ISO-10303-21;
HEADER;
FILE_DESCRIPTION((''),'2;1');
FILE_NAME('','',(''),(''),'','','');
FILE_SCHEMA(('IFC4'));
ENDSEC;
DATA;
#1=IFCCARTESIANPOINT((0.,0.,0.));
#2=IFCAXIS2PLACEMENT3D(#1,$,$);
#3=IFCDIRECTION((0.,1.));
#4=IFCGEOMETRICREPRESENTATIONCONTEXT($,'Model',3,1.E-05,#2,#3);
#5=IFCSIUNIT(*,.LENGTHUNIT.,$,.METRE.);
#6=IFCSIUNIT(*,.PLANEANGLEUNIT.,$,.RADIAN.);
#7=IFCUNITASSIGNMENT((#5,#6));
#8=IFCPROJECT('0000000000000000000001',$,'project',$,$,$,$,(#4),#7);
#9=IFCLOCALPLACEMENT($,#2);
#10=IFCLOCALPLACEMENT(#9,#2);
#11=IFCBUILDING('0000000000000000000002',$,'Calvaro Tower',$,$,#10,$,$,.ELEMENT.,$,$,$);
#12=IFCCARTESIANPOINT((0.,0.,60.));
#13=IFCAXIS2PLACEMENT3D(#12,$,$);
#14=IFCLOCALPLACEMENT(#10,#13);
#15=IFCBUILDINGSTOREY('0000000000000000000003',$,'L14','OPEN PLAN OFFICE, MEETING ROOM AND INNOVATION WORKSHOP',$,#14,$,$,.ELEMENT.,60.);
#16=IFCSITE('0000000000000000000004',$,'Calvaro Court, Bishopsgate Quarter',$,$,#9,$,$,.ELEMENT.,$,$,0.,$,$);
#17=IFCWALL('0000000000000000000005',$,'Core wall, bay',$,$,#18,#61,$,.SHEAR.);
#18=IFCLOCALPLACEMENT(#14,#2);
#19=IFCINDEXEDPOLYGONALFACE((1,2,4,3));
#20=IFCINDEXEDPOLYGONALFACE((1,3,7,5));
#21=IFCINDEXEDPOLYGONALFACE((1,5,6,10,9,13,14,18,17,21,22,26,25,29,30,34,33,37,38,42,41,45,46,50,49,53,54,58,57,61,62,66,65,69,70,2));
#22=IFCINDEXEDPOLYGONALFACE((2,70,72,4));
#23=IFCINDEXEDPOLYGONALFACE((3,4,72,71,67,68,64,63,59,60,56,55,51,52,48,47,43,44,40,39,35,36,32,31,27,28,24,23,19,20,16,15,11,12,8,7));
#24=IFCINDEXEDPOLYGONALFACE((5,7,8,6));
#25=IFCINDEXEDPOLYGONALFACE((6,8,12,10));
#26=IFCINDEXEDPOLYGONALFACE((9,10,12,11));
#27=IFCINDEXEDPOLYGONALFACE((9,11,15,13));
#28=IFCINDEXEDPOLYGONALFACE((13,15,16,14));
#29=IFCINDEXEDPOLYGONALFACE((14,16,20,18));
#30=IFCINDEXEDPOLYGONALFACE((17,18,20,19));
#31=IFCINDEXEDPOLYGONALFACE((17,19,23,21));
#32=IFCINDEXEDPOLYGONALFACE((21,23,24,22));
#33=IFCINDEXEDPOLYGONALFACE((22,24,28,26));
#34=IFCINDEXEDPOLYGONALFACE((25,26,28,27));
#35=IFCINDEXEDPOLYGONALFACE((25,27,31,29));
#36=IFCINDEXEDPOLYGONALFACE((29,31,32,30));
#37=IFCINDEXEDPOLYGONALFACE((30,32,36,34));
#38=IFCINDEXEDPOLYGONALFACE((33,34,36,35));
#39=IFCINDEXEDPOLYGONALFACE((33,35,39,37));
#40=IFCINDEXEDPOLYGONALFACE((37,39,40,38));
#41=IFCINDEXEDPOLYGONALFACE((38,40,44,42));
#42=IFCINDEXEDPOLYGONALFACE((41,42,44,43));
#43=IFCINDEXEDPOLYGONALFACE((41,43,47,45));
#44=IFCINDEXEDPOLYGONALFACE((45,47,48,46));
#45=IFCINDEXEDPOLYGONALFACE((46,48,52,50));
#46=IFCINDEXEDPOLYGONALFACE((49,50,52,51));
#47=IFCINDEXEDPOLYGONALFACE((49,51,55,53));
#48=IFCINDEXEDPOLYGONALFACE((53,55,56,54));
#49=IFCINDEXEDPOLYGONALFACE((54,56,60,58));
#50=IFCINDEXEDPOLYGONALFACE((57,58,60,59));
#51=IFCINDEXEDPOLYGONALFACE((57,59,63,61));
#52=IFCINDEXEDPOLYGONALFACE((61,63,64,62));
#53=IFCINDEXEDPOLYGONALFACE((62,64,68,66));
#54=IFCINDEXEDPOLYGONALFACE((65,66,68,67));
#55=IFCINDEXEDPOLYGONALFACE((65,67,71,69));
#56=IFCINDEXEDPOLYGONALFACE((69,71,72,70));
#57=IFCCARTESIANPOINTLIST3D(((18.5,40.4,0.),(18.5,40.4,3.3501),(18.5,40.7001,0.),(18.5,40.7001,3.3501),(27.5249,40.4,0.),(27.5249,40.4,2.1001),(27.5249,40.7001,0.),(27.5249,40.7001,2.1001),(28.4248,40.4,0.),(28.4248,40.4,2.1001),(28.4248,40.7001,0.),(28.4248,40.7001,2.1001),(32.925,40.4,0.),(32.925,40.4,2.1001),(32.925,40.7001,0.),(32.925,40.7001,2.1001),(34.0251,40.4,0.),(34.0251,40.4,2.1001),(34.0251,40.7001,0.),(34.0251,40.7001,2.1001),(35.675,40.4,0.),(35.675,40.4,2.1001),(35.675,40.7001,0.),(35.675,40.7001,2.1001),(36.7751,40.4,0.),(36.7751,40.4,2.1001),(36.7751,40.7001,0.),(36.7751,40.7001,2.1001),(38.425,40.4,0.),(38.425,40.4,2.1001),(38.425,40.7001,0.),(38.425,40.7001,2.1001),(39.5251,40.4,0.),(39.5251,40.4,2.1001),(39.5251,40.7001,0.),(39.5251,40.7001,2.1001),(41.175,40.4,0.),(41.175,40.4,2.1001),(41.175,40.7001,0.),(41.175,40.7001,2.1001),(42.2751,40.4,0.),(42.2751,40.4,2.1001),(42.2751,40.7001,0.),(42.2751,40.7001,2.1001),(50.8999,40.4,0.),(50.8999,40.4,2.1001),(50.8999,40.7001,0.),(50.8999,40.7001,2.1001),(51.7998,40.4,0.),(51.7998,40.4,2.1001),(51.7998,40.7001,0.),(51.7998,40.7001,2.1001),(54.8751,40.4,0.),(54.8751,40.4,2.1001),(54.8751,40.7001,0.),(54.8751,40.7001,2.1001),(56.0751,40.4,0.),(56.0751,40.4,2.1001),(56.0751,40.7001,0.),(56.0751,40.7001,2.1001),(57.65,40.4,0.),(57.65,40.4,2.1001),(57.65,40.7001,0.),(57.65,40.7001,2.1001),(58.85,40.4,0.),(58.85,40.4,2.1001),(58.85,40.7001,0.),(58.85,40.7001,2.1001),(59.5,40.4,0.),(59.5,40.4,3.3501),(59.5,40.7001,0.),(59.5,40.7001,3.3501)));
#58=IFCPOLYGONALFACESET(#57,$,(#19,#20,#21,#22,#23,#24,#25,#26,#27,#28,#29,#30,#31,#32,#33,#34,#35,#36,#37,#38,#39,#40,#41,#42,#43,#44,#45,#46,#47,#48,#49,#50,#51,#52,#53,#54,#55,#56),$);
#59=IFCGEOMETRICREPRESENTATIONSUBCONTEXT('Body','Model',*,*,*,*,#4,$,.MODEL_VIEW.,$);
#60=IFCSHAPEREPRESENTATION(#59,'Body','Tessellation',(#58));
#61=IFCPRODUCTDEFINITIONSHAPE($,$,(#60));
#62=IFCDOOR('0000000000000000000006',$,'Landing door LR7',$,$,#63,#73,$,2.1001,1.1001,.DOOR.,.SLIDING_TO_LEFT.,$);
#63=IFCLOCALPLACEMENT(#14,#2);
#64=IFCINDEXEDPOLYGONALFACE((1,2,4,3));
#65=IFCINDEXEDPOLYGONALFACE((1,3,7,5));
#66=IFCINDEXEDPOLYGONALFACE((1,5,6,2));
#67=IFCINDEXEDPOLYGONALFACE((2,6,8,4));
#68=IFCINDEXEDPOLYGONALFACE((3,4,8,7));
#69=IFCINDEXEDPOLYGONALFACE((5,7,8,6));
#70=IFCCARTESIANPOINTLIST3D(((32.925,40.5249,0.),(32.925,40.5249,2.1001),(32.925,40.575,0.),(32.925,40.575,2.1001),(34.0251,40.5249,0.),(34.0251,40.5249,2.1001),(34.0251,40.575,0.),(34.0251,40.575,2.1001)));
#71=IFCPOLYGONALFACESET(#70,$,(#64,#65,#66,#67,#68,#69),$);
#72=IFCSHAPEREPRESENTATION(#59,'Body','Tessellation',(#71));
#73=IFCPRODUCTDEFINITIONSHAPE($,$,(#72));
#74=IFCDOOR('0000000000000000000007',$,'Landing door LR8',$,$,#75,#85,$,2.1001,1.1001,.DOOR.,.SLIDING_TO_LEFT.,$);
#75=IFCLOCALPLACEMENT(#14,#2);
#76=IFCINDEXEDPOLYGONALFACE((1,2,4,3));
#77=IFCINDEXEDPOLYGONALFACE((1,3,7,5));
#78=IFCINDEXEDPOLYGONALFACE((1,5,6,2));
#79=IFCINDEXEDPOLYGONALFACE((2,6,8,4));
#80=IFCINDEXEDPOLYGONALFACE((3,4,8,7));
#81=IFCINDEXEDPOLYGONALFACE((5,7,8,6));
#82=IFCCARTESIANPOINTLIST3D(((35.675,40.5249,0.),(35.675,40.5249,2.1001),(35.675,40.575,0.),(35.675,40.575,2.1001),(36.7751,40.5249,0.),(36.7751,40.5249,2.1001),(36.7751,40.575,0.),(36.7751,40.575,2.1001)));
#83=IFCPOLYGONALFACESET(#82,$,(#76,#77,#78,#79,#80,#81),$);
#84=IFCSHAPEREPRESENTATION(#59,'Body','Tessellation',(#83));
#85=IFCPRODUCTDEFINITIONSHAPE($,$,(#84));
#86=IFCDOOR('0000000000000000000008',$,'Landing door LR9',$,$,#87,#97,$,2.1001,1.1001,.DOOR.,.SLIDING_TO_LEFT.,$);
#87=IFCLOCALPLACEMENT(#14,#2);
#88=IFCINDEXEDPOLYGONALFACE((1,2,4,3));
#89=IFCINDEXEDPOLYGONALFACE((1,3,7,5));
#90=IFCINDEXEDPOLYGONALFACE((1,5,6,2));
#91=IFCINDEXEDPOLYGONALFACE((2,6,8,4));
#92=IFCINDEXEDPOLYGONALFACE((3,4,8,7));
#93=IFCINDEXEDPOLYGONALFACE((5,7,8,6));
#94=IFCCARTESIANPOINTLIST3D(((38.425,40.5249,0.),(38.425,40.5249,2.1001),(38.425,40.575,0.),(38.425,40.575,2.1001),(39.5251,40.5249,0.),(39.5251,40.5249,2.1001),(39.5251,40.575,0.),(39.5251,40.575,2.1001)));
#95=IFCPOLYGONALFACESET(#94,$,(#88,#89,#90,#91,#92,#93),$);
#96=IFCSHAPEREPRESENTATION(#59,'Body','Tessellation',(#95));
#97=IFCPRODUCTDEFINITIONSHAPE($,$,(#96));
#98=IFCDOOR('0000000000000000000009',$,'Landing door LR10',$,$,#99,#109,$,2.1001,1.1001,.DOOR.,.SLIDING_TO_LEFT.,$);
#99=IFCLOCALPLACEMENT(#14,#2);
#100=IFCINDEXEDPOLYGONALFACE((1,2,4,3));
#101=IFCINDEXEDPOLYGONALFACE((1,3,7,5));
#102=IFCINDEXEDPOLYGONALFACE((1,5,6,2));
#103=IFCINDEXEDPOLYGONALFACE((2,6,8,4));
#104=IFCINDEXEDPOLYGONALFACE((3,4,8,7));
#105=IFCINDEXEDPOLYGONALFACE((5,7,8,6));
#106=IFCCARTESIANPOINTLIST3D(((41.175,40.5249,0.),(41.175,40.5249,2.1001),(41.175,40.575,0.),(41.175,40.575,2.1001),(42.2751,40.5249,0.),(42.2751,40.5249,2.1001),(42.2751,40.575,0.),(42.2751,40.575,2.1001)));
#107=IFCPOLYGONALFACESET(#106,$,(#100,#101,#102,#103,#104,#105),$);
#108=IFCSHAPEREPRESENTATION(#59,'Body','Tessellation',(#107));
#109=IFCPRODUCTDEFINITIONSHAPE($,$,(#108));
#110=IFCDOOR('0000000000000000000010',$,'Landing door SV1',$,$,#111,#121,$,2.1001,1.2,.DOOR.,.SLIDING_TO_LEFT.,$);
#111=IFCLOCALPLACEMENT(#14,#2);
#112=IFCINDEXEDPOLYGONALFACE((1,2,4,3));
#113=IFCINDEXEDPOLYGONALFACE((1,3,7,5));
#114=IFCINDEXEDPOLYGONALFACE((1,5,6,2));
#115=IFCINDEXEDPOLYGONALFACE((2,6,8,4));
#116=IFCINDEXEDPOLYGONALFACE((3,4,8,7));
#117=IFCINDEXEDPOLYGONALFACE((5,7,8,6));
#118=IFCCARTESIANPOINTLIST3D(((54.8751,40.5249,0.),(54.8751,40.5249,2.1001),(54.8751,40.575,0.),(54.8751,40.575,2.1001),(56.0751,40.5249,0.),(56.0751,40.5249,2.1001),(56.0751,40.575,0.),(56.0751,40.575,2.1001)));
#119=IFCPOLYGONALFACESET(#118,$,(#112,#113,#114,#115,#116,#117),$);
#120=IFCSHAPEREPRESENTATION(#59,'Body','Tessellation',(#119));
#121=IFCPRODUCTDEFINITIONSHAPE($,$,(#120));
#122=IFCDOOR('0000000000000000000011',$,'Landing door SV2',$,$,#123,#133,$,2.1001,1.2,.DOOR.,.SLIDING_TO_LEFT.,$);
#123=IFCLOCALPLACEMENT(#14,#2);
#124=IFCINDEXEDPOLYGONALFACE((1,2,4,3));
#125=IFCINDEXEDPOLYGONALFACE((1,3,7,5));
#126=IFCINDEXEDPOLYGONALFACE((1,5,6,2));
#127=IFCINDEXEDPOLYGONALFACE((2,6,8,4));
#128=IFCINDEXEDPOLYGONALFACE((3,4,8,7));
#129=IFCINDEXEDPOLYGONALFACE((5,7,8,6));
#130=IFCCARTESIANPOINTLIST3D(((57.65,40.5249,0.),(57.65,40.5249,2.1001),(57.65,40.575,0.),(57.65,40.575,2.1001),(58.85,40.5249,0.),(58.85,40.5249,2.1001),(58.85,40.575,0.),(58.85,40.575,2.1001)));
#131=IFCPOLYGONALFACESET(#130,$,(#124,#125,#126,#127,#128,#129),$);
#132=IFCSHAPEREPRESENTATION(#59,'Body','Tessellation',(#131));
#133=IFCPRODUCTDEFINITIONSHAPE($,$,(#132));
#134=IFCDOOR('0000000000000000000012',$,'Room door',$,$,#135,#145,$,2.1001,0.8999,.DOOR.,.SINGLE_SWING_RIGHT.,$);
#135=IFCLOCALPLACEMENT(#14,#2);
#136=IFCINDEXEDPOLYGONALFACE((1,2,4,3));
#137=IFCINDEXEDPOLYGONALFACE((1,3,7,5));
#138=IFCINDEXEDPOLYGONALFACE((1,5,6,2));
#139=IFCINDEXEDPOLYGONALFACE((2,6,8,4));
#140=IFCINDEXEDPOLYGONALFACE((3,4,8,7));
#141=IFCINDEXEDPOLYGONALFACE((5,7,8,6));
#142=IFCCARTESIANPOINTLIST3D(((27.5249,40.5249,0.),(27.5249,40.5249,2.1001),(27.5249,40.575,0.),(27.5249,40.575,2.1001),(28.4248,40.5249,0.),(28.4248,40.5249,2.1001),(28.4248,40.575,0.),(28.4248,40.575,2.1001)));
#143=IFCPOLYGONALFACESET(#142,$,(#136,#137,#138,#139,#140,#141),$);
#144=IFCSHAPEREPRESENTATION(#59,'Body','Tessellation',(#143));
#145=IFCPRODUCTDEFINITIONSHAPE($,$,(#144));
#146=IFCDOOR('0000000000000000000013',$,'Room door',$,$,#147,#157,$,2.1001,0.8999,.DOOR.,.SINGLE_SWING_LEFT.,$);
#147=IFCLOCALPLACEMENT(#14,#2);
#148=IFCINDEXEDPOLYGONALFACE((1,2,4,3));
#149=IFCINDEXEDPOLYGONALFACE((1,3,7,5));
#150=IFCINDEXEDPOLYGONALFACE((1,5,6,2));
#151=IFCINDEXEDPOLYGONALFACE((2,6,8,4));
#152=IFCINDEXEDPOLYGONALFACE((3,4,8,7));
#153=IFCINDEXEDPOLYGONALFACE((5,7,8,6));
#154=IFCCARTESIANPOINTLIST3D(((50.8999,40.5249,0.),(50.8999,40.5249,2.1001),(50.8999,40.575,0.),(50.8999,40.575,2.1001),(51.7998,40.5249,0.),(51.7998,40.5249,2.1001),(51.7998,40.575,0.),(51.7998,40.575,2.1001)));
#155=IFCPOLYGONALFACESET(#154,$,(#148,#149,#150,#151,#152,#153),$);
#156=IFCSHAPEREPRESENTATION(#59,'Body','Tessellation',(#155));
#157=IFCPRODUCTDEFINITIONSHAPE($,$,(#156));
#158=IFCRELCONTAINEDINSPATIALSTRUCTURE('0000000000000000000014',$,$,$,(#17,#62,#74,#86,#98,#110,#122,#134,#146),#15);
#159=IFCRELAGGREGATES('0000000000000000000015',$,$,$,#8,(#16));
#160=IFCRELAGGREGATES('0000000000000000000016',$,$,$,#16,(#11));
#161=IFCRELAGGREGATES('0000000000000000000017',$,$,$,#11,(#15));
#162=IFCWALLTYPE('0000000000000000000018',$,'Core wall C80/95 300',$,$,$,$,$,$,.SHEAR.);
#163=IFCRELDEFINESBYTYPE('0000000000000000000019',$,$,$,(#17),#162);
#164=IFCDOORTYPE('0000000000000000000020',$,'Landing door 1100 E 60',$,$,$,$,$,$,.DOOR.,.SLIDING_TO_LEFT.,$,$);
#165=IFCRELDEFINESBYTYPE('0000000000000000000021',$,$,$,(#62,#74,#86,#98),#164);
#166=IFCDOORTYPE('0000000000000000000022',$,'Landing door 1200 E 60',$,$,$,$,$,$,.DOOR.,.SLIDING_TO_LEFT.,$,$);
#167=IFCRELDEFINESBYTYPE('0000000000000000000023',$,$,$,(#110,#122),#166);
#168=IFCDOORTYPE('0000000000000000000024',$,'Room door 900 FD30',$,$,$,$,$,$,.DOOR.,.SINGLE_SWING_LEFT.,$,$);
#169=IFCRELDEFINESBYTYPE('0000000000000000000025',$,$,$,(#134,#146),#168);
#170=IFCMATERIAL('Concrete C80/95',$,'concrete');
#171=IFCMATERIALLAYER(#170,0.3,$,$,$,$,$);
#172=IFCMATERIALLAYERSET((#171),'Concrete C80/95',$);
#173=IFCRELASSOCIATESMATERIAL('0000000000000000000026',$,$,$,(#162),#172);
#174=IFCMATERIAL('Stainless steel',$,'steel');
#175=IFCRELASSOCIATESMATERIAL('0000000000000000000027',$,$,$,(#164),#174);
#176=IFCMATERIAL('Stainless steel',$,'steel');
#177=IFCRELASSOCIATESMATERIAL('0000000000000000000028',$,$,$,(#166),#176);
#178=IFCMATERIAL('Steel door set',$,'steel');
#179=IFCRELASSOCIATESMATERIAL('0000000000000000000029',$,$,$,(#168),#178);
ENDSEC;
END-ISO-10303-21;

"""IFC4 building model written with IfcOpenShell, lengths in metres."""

from ifc_helpers import new_model, si_unit, direction, frame, frame_2d, origin, place, context, subcontext, project, spatial, rectangle, extrude, material, layer, layer_set, type_object, element, fill, save


model = new_model("IFC4")

# Units and contexts
model_context = context("Model", 3, precision=1e-05, world=origin(), true_north=direction((0.0, 1.0)))
body_context = subcontext(model_context, "Body", "Model", "MODEL_VIEW")
ifc_project = project(units=[si_unit("LENGTHUNIT", "METRE"), si_unit("PLANEANGLEUNIT", "RADIAN")], contexts=[model_context])

# Site, building, storey
site_placement = place(None, origin())
site = spatial("IfcSite", under=ifc_project, at=site_placement, Name="Calvaro Court, Bishopsgate Quarter", CompositionType="ELEMENT", RefElevation=0.0)
building_placement = place(site_placement, origin())
building = spatial("IfcBuilding", under=site, at=building_placement, Name="Calvaro Tower", CompositionType="ELEMENT")
storey_placement = place(building_placement, frame((0.0, 0.0, 60.0)))
storey = spatial("IfcBuildingStorey", under=building, at=storey_placement, Name="L14", Description="OPEN PLAN OFFICE, MEETING ROOM AND INNOVATION WORKSHOP", CompositionType="ELEMENT", Elevation=60.0)

# Shared definitions
ifc_material_1 = material(Name="Concrete C80/95", Category="concrete")
ifc_layer_1 = layer(ifc_material_1, 0.3)
ifc_layer_set_1 = layer_set([ifc_layer_1], Name="Concrete C80/95")
wall_type_1 = type_object("IfcWallType", Name="Core wall C80/95 300", PredefinedType="SHEAR", material=ifc_layer_set_1)
ifc_material_2 = material(Name="Stainless steel", Category="steel")
door_type_1 = type_object("IfcDoorType", Name="Landing door 1100 E 60", OperationType="SLIDING_TO_LEFT", PredefinedType="DOOR", material=ifc_material_2)

# Wall, openings, doors
wall_1_placement = place(storey_placement, frame((18.5, 40.55, 0.0), z_axis=(0.0, 0.0, 1.0), x_axis=(1.0, 0.0, 0.0)))
wall_1 = element("IfcWall", 1, at=wall_1_placement, inside=storey, type_object=wall_type_1, Name="Core wall, bay", PredefinedType="SHEAR", context=body_context, shape_type="SweptSolid", body=[
    extrude(rectangle(XDim=41.0, YDim=0.3, at=frame_2d((20.5, 0.0))), origin(), (0.0, 0.0, 1.0), 3.3501),
])
opening_1_placement = place(wall_1_placement, frame((9.0249, 0.0, 0.0)))
opening_1 = element("IfcOpeningElement", 2, at=opening_1_placement, cuts=wall_1, PredefinedType="OPENING", context=body_context, shape_type="SweptSolid", body=[
    extrude(rectangle(XDim=0.8999, YDim=2.1001, at=frame_2d((0.45, 1.05))), frame((0.0, 0.1599, 0.0), z_axis=(0.0, -1.0, 0.0), x_axis=(1.0, 0.0, 0.0)), (0.0, 0.0, 1.0), 0.3201),
])
opening_2_placement = place(wall_1_placement, frame((32.3999, 0.0, 0.0)))
opening_2 = element("IfcOpeningElement", 3, at=opening_2_placement, cuts=wall_1, PredefinedType="OPENING", context=body_context, shape_type="SweptSolid", body=[
    extrude(rectangle(XDim=0.8999, YDim=2.1001, at=frame_2d((0.45, 1.05))), frame((0.0, 0.1599, 0.0), z_axis=(0.0, -1.0, 0.0), x_axis=(1.0, 0.0, 0.0)), (0.0, 0.0, 1.0), 0.3201),
])
opening_3_placement = place(wall_1_placement, frame((14.425, 0.0, 0.0)))
opening_3 = element("IfcOpeningElement", 4, at=opening_3_placement, cuts=wall_1, PredefinedType="OPENING", context=body_context, shape_type="SweptSolid", body=[
    extrude(rectangle(XDim=1.1001, YDim=2.1001, at=frame_2d((0.55, 1.05))), frame((0.0, 0.1599, 0.0), z_axis=(0.0, -1.0, 0.0), x_axis=(1.0, 0.0, 0.0)), (0.0, 0.0, 1.0), 0.3201),
])
opening_4_placement = place(wall_1_placement, frame((17.175, 0.0, 0.0)))
opening_4 = element("IfcOpeningElement", 5, at=opening_4_placement, cuts=wall_1, PredefinedType="OPENING", context=body_context, shape_type="SweptSolid", body=[
    extrude(rectangle(XDim=1.1001, YDim=2.1001, at=frame_2d((0.55, 1.05))), frame((0.0, 0.1599, 0.0), z_axis=(0.0, -1.0, 0.0), x_axis=(1.0, 0.0, 0.0)), (0.0, 0.0, 1.0), 0.3201),
])
opening_5_placement = place(wall_1_placement, frame((19.925, 0.0, 0.0)))
opening_5 = element("IfcOpeningElement", 6, at=opening_5_placement, cuts=wall_1, PredefinedType="OPENING", context=body_context, shape_type="SweptSolid", body=[
    extrude(rectangle(XDim=1.1001, YDim=2.1001, at=frame_2d((0.55, 1.05))), frame((0.0, 0.1599, 0.0), z_axis=(0.0, -1.0, 0.0), x_axis=(1.0, 0.0, 0.0)), (0.0, 0.0, 1.0), 0.3201),
])
opening_6_placement = place(wall_1_placement, frame((22.675, 0.0, 0.0)))
opening_6 = element("IfcOpeningElement", 7, at=opening_6_placement, cuts=wall_1, PredefinedType="OPENING", context=body_context, shape_type="SweptSolid", body=[
    extrude(rectangle(XDim=1.1001, YDim=2.1001, at=frame_2d((0.55, 1.05))), frame((0.0, 0.1599, 0.0), z_axis=(0.0, -1.0, 0.0), x_axis=(1.0, 0.0, 0.0)), (0.0, 0.0, 1.0), 0.3201),
])
opening_7_placement = place(wall_1_placement, frame((36.375, 0.0, 0.0)))
opening_7 = element("IfcOpeningElement", 8, at=opening_7_placement, cuts=wall_1, PredefinedType="OPENING", context=body_context, shape_type="SweptSolid", body=[
    extrude(rectangle(XDim=1.2, YDim=2.1001, at=frame_2d((0.6001, 1.05))), frame((0.0, 0.1599, 0.0), z_axis=(0.0, -1.0, 0.0), x_axis=(1.0, 0.0, 0.0)), (0.0, 0.0, 1.0), 0.3201),
])
opening_8_placement = place(wall_1_placement, frame((39.1499, 0.0, 0.0)))
opening_8 = element("IfcOpeningElement", 9, at=opening_8_placement, cuts=wall_1, PredefinedType="OPENING", context=body_context, shape_type="SweptSolid", body=[
    extrude(rectangle(XDim=1.2, YDim=2.1001, at=frame_2d((0.6001, 1.05))), frame((0.0, 0.1599, 0.0), z_axis=(0.0, -1.0, 0.0), x_axis=(1.0, 0.0, 0.0)), (0.0, 0.0, 1.0), 0.3201),
])
door_1_placement = place(opening_3_placement, origin())
door_1 = element("IfcDoor", 10, at=door_1_placement, inside=storey, type_object=door_type_1, Name="Landing door LR7", OperationType="SLIDING_TO_LEFT", OverallHeight=2.1001, OverallWidth=1.1001, PredefinedType="DOOR", context=body_context, shape_type="SweptSolid", body=[
    extrude(rectangle(XDim=1.1001, YDim=2.1001, at=frame_2d((0.55, 1.05))), frame((0.0, 0.0249, 0.0), z_axis=(0.0, -1.0, 0.0), x_axis=(1.0, 0.0, 0.0)), (0.0, 0.0, 1.0), 0.05),
])
fill(opening_3, door_1)
door_2_placement = place(opening_4_placement, origin())
door_2 = element("IfcDoor", 11, at=door_2_placement, inside=storey, type_object=door_type_1, Name="Landing door LR8", OperationType="SLIDING_TO_LEFT", OverallHeight=2.1001, OverallWidth=1.1001, PredefinedType="DOOR", context=body_context, shape_type="SweptSolid", body=[
    extrude(rectangle(XDim=1.1001, YDim=2.1001, at=frame_2d((0.55, 1.05))), frame((0.0, 0.0249, 0.0), z_axis=(0.0, -1.0, 0.0), x_axis=(1.0, 0.0, 0.0)), (0.0, 0.0, 1.0), 0.05),
])
fill(opening_4, door_2)
door_3_placement = place(opening_5_placement, origin())
door_3 = element("IfcDoor", 12, at=door_3_placement, inside=storey, type_object=door_type_1, Name="Landing door LR9", OperationType="SLIDING_TO_LEFT", OverallHeight=2.1001, OverallWidth=1.1001, PredefinedType="DOOR", context=body_context, shape_type="SweptSolid", body=[
    extrude(rectangle(XDim=1.1001, YDim=2.1001, at=frame_2d((0.55, 1.05))), frame((0.0, 0.0249, 0.0), z_axis=(0.0, -1.0, 0.0), x_axis=(1.0, 0.0, 0.0)), (0.0, 0.0, 1.0), 0.05),
])
fill(opening_5, door_3)
door_4_placement = place(opening_6_placement, origin())
door_4 = element("IfcDoor", 13, at=door_4_placement, inside=storey, type_object=door_type_1, Name="Landing door LR10", OperationType="SLIDING_TO_LEFT", OverallHeight=2.1001, OverallWidth=1.1001, PredefinedType="DOOR", context=body_context, shape_type="SweptSolid", body=[
    extrude(rectangle(XDim=1.1001, YDim=2.1001, at=frame_2d((0.55, 1.05))), frame((0.0, 0.0249, 0.0), z_axis=(0.0, -1.0, 0.0), x_axis=(1.0, 0.0, 0.0)), (0.0, 0.0, 1.0), 0.05),
])
fill(opening_6, door_4)
ifc_material_3 = material(Name="Stainless steel", Category="steel")
door_type_2 = type_object("IfcDoorType", Name="Landing door 1200 E 60", OperationType="SLIDING_TO_LEFT", PredefinedType="DOOR", material=ifc_material_3)
door_5_placement = place(opening_7_placement, origin())
door_5 = element("IfcDoor", 14, at=door_5_placement, inside=storey, type_object=door_type_2, Name="Landing door SV1", OperationType="SLIDING_TO_LEFT", OverallHeight=2.1001, OverallWidth=1.2, PredefinedType="DOOR", context=body_context, shape_type="SweptSolid", body=[
    extrude(rectangle(XDim=1.2, YDim=2.1001, at=frame_2d((0.6001, 1.05))), frame((0.0, 0.0249, 0.0), z_axis=(0.0, -1.0, 0.0), x_axis=(1.0, 0.0, 0.0)), (0.0, 0.0, 1.0), 0.05),
])
fill(opening_7, door_5)
door_6_placement = place(opening_8_placement, origin())
door_6 = element("IfcDoor", 15, at=door_6_placement, inside=storey, type_object=door_type_2, Name="Landing door SV2", OperationType="SLIDING_TO_LEFT", OverallHeight=2.1001, OverallWidth=1.2, PredefinedType="DOOR", context=body_context, shape_type="SweptSolid", body=[
    extrude(rectangle(XDim=1.2, YDim=2.1001, at=frame_2d((0.6001, 1.05))), frame((0.0, 0.0249, 0.0), z_axis=(0.0, -1.0, 0.0), x_axis=(1.0, 0.0, 0.0)), (0.0, 0.0, 1.0), 0.05),
])
fill(opening_8, door_6)
ifc_material_4 = material(Name="Steel door set", Category="steel")
door_type_3 = type_object("IfcDoorType", Name="Room door 900 FD30", OperationType="SINGLE_SWING_LEFT", PredefinedType="DOOR", material=ifc_material_4)
door_7_placement = place(opening_1_placement, origin())
door_7 = element("IfcDoor", 16, at=door_7_placement, inside=storey, type_object=door_type_3, Name="Room door", OperationType="SINGLE_SWING_RIGHT", OverallHeight=2.1001, OverallWidth=0.8999, PredefinedType="DOOR", context=body_context, shape_type="SweptSolid", body=[
    extrude(rectangle(XDim=0.8999, YDim=2.1001, at=frame_2d((0.45, 1.05))), frame((0.0, 0.0249, 0.0), z_axis=(0.0, -1.0, 0.0), x_axis=(1.0, 0.0, 0.0)), (0.0, 0.0, 1.0), 0.05),
])
fill(opening_1, door_7)
door_8_placement = place(opening_2_placement, origin())
door_8 = element("IfcDoor", 17, at=door_8_placement, inside=storey, type_object=door_type_3, Name="Room door", OperationType="SINGLE_SWING_LEFT", OverallHeight=2.1001, OverallWidth=0.8999, PredefinedType="DOOR", context=body_context, shape_type="SweptSolid", body=[
    extrude(rectangle(XDim=0.8999, YDim=2.1001, at=frame_2d((0.45, 1.05))), frame((0.0, 0.0249, 0.0), z_axis=(0.0, -1.0, 0.0), x_axis=(1.0, 0.0, 0.0)), (0.0, 0.0, 1.0), 0.05),
])
fill(opening_2, door_8)

save(model, "model.ifc")
